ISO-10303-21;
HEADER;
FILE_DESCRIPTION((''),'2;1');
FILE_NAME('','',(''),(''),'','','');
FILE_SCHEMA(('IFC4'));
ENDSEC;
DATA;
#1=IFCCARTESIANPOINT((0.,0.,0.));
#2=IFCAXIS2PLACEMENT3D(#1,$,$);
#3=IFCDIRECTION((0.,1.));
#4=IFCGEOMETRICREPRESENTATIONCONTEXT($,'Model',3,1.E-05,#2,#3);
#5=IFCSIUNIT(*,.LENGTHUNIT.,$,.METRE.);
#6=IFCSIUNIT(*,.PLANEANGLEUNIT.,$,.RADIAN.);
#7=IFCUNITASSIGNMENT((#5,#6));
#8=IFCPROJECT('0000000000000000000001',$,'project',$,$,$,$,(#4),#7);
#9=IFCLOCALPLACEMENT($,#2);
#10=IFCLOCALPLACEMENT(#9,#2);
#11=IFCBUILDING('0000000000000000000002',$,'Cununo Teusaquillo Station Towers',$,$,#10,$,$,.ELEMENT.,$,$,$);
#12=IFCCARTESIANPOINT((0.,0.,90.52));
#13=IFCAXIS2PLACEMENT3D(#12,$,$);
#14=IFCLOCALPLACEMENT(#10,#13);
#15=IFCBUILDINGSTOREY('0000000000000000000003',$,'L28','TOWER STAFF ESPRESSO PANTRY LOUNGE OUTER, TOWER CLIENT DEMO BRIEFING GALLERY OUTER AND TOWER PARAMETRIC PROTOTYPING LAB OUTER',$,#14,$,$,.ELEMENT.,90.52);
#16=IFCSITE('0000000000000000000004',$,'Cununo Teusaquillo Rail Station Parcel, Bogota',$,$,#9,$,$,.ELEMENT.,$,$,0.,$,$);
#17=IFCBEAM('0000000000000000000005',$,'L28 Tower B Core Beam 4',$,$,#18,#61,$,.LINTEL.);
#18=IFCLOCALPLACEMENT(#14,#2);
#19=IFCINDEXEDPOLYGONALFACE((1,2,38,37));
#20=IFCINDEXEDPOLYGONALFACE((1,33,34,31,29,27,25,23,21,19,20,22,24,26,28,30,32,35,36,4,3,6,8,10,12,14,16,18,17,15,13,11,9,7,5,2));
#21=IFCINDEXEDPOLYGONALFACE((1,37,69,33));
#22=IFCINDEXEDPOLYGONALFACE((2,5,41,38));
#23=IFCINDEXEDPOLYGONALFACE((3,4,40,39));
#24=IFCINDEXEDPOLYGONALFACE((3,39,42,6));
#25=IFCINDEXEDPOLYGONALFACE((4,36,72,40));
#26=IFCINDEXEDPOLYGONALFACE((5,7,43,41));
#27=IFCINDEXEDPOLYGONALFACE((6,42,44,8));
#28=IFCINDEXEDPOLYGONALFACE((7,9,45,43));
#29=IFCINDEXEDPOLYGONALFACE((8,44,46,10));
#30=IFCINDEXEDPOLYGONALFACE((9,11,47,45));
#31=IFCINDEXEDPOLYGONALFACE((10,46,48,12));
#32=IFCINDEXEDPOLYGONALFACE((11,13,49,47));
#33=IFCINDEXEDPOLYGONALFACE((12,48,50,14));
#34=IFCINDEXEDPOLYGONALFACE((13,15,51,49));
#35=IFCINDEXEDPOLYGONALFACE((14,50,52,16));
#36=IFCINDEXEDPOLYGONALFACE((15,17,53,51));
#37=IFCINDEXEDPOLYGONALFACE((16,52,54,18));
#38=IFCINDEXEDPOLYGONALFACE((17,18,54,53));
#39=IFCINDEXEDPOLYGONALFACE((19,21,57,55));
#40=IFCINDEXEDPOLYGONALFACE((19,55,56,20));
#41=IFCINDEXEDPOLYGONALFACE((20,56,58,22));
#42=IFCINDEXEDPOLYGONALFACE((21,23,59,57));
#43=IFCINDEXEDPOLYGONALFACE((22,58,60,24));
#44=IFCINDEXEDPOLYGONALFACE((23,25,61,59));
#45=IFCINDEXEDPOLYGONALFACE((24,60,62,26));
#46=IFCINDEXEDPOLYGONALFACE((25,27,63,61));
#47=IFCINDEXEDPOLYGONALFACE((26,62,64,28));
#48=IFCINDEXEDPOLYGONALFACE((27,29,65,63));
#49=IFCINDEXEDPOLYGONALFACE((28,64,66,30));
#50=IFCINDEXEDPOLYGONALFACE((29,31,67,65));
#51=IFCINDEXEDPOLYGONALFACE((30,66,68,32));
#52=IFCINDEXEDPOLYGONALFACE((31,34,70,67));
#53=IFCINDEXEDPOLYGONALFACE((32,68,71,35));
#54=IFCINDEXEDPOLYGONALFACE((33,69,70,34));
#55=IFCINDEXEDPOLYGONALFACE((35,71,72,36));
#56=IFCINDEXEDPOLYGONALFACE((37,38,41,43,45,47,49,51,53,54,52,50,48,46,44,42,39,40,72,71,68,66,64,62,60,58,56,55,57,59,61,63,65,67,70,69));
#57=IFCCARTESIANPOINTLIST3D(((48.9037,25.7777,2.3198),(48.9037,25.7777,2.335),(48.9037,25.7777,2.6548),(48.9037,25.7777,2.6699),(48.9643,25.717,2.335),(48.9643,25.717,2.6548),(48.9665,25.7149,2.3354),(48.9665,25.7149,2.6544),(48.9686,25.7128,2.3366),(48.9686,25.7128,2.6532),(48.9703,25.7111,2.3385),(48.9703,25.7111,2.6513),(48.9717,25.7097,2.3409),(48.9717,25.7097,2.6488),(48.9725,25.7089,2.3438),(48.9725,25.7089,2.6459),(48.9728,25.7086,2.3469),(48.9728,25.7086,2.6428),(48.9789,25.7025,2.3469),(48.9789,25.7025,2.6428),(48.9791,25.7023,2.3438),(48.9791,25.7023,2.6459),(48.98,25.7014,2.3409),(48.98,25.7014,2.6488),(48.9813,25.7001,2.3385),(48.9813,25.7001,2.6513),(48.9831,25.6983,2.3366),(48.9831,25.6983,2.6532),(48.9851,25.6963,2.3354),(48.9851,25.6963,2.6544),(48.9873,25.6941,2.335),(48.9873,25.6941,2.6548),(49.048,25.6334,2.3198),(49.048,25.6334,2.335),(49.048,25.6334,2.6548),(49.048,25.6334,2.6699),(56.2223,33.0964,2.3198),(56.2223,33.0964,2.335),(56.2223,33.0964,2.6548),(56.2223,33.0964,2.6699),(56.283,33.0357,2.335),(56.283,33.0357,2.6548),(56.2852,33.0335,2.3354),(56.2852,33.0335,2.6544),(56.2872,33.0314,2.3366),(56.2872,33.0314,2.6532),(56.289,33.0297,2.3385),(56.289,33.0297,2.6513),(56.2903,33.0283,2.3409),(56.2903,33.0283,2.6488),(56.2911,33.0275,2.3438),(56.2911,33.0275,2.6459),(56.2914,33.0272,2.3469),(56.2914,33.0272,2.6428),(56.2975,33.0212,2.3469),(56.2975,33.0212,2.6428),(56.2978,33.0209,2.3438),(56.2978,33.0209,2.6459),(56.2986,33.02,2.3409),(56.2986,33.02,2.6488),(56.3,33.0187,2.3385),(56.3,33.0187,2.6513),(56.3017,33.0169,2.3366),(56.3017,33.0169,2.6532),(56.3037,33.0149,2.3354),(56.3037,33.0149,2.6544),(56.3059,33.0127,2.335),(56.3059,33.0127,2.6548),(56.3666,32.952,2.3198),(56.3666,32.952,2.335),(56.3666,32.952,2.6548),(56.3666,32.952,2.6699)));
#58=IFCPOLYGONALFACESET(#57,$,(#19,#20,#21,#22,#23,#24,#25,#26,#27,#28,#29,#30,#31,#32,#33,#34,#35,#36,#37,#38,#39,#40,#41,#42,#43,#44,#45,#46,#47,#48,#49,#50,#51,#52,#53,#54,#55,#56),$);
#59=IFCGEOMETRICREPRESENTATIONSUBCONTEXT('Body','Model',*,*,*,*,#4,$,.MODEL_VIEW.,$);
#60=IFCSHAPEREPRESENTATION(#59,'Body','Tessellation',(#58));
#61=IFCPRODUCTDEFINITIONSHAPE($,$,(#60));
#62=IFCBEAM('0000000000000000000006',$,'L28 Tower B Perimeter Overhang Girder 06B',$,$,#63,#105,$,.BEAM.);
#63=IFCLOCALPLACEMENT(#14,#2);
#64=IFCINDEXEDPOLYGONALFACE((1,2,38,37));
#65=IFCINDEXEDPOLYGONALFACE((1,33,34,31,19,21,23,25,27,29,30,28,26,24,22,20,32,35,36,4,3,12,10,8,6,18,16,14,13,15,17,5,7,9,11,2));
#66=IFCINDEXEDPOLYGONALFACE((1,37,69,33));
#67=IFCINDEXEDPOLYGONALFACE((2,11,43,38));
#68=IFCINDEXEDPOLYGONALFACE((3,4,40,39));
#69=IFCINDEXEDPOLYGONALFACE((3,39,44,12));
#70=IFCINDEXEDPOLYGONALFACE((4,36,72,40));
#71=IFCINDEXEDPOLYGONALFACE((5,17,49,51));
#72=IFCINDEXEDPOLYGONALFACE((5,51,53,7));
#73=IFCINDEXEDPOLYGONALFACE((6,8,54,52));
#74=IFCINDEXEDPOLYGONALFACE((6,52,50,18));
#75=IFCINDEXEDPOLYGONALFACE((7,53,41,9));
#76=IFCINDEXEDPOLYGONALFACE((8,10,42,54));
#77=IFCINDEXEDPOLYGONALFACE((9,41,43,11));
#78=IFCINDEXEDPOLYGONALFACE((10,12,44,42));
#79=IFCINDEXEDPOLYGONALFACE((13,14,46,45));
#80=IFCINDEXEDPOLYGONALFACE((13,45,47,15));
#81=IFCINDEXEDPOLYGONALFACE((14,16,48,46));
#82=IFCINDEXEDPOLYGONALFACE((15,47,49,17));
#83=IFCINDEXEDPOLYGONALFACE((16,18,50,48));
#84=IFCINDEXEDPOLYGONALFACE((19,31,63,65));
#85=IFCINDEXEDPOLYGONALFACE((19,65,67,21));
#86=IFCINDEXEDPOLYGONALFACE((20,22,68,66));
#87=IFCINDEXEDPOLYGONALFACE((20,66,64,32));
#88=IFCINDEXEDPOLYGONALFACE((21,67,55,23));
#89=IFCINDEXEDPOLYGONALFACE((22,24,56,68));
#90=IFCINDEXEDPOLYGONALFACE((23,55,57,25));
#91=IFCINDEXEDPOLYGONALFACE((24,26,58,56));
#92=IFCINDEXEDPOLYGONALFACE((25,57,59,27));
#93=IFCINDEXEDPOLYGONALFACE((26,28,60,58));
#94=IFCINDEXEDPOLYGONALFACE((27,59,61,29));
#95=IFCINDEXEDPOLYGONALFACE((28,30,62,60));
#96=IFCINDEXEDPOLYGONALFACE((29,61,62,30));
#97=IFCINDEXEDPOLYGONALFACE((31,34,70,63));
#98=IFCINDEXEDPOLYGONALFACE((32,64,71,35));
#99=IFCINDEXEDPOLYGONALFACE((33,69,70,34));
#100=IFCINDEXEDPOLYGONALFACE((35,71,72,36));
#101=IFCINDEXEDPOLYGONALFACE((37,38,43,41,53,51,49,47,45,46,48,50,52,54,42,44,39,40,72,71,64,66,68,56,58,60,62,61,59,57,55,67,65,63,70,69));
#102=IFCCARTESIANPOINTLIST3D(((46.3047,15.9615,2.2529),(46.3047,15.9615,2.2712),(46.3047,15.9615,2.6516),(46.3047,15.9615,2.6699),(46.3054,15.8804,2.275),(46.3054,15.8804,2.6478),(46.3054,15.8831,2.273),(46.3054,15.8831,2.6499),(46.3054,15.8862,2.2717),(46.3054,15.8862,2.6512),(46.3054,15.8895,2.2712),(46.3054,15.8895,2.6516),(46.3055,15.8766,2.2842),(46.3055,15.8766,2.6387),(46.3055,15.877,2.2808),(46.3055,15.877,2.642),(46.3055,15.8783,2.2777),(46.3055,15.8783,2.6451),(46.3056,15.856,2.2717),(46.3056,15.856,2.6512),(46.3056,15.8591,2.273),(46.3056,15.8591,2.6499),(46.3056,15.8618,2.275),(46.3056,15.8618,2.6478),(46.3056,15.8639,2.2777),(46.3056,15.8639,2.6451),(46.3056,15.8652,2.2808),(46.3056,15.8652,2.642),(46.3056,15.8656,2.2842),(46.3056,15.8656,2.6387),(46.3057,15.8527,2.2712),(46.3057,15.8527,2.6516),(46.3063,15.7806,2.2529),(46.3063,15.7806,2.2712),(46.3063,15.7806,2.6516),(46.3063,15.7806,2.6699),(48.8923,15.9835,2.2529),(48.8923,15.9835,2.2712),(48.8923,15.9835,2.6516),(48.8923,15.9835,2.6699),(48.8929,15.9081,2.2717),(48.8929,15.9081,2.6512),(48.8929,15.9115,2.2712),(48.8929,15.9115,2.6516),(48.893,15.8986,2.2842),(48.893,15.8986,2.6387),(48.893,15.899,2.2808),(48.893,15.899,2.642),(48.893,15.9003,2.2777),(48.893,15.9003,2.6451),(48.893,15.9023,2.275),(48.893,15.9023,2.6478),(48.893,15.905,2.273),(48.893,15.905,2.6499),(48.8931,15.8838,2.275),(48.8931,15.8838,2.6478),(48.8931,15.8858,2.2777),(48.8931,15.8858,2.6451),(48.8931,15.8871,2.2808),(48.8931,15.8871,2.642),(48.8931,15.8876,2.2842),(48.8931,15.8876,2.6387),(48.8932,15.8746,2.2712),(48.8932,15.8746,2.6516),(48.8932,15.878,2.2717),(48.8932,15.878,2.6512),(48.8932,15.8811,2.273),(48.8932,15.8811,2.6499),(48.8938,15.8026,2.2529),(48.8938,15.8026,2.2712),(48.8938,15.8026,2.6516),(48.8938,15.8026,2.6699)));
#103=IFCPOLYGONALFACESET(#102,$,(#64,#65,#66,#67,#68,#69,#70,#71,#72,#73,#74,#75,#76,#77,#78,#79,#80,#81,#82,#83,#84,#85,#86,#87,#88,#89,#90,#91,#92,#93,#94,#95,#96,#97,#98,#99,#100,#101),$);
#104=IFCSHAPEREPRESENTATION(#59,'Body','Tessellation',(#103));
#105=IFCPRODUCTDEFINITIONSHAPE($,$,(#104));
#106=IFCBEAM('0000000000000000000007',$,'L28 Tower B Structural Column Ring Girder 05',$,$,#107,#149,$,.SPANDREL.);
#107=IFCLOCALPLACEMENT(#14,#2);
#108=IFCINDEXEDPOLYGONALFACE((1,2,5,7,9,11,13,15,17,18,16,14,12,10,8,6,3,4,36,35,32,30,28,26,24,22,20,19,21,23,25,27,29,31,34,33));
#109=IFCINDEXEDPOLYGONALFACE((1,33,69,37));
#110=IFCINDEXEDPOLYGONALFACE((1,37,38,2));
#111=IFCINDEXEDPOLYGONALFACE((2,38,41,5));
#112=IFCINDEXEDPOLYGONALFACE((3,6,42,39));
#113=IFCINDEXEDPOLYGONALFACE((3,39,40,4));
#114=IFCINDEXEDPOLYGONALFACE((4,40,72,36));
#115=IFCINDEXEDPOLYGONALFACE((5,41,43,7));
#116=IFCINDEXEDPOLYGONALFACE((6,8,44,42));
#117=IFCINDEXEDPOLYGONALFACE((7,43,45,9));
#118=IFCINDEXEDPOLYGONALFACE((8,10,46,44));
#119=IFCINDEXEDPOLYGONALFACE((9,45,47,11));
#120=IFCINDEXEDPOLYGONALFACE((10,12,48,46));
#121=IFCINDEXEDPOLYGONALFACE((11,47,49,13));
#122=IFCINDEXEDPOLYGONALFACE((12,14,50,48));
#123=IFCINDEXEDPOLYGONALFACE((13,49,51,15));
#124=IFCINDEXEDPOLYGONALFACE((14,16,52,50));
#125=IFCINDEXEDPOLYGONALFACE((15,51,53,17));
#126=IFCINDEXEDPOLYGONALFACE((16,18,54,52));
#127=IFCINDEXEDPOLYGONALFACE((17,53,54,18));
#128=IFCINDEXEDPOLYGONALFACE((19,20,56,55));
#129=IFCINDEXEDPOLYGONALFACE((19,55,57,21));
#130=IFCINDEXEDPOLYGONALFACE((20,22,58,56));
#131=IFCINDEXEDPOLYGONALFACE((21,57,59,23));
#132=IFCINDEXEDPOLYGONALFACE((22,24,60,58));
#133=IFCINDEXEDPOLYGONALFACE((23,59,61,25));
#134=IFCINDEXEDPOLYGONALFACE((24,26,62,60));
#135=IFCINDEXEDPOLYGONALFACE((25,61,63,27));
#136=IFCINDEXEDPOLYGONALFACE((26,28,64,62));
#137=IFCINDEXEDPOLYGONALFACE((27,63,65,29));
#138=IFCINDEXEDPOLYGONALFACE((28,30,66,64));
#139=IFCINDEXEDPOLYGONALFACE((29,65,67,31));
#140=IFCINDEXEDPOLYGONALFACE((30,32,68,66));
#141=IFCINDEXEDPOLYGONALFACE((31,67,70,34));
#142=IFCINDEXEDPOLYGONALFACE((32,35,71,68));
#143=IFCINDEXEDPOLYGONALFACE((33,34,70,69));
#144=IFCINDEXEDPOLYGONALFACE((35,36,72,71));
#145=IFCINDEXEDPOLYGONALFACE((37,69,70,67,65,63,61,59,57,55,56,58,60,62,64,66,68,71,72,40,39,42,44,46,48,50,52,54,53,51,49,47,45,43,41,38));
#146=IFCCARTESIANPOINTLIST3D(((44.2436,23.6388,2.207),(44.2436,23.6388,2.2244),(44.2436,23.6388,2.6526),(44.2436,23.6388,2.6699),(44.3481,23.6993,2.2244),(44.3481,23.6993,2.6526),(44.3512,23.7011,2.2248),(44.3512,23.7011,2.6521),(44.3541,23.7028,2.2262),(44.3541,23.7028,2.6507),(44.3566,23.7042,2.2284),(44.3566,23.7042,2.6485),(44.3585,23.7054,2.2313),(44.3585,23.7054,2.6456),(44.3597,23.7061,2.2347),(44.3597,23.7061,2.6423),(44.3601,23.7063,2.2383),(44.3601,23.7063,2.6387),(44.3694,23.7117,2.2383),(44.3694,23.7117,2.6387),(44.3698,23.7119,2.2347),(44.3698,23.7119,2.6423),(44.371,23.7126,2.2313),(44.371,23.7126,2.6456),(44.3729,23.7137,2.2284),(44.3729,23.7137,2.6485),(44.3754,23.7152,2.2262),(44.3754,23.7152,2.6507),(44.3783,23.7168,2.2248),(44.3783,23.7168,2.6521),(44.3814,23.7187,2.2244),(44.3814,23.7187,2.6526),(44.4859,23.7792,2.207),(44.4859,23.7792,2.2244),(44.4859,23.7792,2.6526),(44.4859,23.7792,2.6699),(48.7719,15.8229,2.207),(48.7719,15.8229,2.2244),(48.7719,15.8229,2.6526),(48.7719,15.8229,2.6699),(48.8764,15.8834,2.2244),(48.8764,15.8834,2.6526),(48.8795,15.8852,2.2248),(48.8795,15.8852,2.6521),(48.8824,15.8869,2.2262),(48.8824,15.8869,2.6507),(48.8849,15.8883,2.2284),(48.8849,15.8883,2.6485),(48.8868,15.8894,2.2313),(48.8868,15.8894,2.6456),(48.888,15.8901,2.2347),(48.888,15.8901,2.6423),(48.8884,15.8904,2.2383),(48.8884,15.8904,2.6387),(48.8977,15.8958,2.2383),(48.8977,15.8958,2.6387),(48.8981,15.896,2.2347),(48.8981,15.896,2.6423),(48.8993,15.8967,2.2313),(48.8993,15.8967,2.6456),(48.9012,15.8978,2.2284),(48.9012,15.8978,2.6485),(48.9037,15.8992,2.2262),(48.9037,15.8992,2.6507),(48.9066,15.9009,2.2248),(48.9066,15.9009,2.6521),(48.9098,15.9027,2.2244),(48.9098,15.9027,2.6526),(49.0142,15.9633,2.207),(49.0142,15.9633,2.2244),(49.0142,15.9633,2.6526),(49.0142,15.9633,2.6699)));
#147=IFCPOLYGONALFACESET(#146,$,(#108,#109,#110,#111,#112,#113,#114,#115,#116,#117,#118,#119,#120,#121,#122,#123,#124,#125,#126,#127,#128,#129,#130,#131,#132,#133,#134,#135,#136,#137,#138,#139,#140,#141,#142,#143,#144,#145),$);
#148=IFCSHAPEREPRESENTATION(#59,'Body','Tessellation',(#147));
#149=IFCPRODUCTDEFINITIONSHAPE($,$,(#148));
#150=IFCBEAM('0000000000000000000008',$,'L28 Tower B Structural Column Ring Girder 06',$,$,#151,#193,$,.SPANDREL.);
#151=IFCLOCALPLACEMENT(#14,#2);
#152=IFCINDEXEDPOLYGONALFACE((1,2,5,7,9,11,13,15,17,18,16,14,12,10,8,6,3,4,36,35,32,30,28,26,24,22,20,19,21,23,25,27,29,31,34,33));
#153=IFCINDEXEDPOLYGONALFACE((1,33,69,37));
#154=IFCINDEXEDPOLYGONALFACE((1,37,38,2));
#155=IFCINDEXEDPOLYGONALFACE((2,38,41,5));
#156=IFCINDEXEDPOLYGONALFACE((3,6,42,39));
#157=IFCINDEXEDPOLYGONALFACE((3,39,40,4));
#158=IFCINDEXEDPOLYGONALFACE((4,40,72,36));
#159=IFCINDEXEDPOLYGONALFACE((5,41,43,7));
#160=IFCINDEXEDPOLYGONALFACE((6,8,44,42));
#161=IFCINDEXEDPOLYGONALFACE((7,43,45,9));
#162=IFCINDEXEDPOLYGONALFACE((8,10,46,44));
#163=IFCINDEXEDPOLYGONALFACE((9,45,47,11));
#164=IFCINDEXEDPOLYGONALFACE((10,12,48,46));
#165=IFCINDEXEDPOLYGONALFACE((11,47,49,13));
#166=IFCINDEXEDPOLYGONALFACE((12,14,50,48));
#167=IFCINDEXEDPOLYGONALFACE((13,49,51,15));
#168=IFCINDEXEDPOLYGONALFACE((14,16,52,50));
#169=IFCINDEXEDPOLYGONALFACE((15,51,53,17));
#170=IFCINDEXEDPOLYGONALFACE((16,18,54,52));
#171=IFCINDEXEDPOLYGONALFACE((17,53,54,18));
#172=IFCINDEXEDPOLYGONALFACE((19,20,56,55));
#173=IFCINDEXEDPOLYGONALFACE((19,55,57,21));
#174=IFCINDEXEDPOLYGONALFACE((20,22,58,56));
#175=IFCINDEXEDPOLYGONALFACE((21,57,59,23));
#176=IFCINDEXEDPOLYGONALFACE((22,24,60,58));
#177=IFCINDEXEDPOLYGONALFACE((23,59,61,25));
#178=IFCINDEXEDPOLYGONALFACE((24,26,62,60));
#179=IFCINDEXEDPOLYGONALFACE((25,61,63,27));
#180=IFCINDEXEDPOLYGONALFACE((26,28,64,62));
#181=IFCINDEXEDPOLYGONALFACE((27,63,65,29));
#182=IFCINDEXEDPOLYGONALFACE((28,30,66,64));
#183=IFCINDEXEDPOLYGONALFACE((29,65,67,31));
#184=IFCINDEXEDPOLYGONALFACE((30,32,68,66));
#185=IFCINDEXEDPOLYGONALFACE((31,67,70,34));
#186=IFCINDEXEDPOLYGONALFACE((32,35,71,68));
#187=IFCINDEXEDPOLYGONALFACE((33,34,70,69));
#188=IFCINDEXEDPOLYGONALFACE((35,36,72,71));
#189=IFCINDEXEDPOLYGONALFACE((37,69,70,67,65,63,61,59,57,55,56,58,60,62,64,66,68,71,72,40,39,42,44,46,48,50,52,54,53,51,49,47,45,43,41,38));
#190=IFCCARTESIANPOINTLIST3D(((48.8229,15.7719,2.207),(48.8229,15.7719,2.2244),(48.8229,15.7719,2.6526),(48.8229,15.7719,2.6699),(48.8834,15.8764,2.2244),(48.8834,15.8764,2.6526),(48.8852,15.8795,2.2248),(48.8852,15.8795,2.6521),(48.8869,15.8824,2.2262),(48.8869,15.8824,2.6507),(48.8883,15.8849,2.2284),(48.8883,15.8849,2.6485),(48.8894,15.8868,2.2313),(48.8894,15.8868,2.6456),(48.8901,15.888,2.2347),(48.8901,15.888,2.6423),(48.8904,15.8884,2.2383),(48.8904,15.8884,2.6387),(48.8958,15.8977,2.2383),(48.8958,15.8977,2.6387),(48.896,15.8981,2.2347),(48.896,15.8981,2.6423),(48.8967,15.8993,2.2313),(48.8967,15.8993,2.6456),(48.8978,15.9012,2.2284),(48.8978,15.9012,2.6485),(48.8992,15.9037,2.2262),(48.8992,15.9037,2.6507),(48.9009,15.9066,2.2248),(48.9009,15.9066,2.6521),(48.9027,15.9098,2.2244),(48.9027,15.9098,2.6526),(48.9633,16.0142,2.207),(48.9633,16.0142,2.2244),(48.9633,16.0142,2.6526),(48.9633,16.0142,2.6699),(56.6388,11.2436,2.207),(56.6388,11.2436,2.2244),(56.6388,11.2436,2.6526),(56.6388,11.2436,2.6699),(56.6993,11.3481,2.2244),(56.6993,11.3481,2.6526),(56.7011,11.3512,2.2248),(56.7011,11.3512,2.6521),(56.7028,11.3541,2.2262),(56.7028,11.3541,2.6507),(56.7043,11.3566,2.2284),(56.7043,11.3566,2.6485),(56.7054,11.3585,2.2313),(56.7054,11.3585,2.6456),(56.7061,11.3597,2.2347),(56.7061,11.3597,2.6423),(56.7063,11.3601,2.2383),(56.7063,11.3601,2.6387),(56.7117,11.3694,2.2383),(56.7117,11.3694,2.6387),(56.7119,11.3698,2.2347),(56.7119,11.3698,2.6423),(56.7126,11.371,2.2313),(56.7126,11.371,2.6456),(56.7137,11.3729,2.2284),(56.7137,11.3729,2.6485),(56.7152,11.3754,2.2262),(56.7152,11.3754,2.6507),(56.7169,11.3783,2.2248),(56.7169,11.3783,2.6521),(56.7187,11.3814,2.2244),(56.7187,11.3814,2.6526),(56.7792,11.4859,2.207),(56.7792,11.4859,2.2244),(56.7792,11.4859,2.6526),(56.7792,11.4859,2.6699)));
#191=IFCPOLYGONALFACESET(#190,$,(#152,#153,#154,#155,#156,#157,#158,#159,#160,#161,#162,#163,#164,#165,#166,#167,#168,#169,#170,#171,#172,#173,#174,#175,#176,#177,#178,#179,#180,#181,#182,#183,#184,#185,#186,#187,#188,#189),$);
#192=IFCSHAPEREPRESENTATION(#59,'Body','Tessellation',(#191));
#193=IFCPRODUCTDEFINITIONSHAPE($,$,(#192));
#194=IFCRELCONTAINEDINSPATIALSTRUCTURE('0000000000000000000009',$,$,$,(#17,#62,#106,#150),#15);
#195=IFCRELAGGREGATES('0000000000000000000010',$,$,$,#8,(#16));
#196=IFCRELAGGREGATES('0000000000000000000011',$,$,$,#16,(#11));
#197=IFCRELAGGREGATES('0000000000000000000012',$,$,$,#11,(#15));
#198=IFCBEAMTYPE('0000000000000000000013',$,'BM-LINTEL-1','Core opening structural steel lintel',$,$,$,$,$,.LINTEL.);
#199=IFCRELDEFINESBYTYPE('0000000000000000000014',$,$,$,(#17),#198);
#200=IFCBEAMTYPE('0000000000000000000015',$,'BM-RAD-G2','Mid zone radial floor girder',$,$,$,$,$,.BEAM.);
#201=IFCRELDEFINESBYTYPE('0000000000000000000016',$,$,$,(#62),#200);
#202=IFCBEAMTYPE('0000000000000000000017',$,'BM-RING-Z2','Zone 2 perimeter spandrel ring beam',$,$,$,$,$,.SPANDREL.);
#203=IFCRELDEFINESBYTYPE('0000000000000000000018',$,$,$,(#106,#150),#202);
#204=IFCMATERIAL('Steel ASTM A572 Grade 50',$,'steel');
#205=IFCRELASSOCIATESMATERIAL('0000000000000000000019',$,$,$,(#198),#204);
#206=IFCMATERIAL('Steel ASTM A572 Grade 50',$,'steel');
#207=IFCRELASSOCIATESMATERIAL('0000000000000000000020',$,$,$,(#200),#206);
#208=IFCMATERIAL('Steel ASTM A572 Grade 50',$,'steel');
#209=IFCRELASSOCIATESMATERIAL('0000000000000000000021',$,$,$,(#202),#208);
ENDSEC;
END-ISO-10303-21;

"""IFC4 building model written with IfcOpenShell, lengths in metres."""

from ifc_helpers import new_model, si_unit, direction, frame, origin, origin_2d, place, context, subcontext, project, spatial, i_section, extrude, material, material_profile, profile_set, type_object, element, save


model = new_model("IFC4")

# Units and contexts
model_context = context("Model", 3, precision=1e-05, world=origin(), true_north=direction((0.0, 1.0)))
body_context = subcontext(model_context, "Body", "Model", "MODEL_VIEW")
ifc_project = project(units=[si_unit("LENGTHUNIT", "METRE"), si_unit("PLANEANGLEUNIT", "RADIAN")], contexts=[model_context])

# Site, building, storey
site_placement = place(None, origin())
site = spatial("IfcSite", under=ifc_project, at=site_placement, Name="Cununo Teusaquillo Rail Station Parcel, Bogota", CompositionType="ELEMENT", RefElevation=0.0)
building_placement = place(site_placement, origin())
building = spatial("IfcBuilding", under=site, at=building_placement, Name="Cununo Teusaquillo Station Towers", CompositionType="ELEMENT")
storey_placement = place(building_placement, frame((0.0, 0.0, 90.52)))
storey = spatial("IfcBuildingStorey", under=building, at=storey_placement, Name="L28", Description="TOWER STAFF ESPRESSO PANTRY LOUNGE OUTER, TOWER CLIENT DEMO BRIEFING GALLERY OUTER AND TOWER PARAMETRIC PROTOTYPING LAB OUTER", CompositionType="ELEMENT", Elevation=90.52)

# Beams
ifc_material_1 = material(Name="Steel ASTM A572 Grade 50", Category="steel")
ifc_material_profile_1 = material_profile(ifc_material_1, i_section(OverallWidth=0.2041, OverallDepth=0.3501, WebThickness=0.0085, FlangeThickness=0.0151, FilletRadius=0.012, at=origin_2d()), Name="W14X48")
ifc_profile_set_1 = profile_set([ifc_material_profile_1], Name="Steel ASTM A572 Grade 50")
beam_type_1 = type_object("IfcBeamType", Name="BM-LINTEL-1", Description="Core opening structural steel lintel", PredefinedType="LINTEL", material=ifc_profile_set_1)
beam_1_placement = place(storey_placement, frame((48.9758, 25.7056, 2.4949), z_axis=(0.707107, 0.707107, 0.0), x_axis=(-0.707107, 0.707107, 0.0)))
element("IfcBeam", 1, at=beam_1_placement, inside=storey, type_object=beam_type_1, Name="L28 Tower B Core Beam 4", PredefinedType="LINTEL", context=body_context, shape_type="SweptSolid", body=[
    extrude(i_section(OverallWidth=0.2041, OverallDepth=0.3501, WebThickness=0.0085, FlangeThickness=0.0151, FilletRadius=0.012, at=origin_2d()), origin(), (0.0, 0.0, 1.0), 10.3501),
])
ifc_material_2 = material(Name="Steel ASTM A572 Grade 50", Category="steel")
ifc_material_profile_2 = material_profile(ifc_material_2, i_section(OverallWidth=0.1809, OverallDepth=0.417, WebThickness=0.011, FlangeThickness=0.0183, FilletRadius=0.0129, at=origin_2d()), Name="W16X57")
ifc_profile_set_2 = profile_set([ifc_material_profile_2], Name="Steel ASTM A572 Grade 50")
beam_type_2 = type_object("IfcBeamType", Name="BM-RAD-G2", Description="Mid zone radial floor girder", PredefinedType="BEAM", material=ifc_profile_set_2)
beam_2_placement = place(storey_placement, frame((48.8931, 15.8931, 2.4614), z_axis=(-0.999964, -0.008491, 0.0), x_axis=(0.008491, -0.999964, 0.0)))
element("IfcBeam", 2, at=beam_2_placement, inside=storey, type_object=beam_type_2, Name="L28 Tower B Perimeter Overhang Girder 06B", PredefinedType="BEAM", context=body_context, shape_type="SweptSolid", body=[
    extrude(i_section(OverallWidth=0.1809, OverallDepth=0.417, WebThickness=0.011, FlangeThickness=0.0183, FilletRadius=0.0129, at=origin_2d()), origin(), (0.0, 0.0, 1.0), 2.5876),
])
ifc_material_3 = material(Name="Steel ASTM A572 Grade 50", Category="steel")
ifc_material_profile_3 = material_profile(ifc_material_3, i_section(OverallWidth=0.28, OverallDepth=0.4629, WebThickness=0.0107, FlangeThickness=0.0173, FilletRadius=0.0139, at=origin_2d()), Name="W18X76")
ifc_profile_set_3 = profile_set([ifc_material_profile_3], Name="Steel ASTM A572 Grade 50")
beam_type_3 = type_object("IfcBeamType", Name="BM-RING-Z2", Description="Zone 2 perimeter spandrel ring beam", PredefinedType="SPANDREL", material=ifc_profile_set_3)
for number, where, z_axis, x_axis, name in (
    (3, (44.3647, 23.709, 2.4385), (0.501311, -0.865267, 0.0), (0.865267, 0.501311, 0.0), "L28 Tower B Structural Column Ring Girder 05"),
    (4, (48.8931, 15.8931, 2.4385), (0.865267, -0.501311, 0.0), (0.501311, 0.865267, 0.0), "L28 Tower B Structural Column Ring Girder 06"),
):
    element("IfcBeam", number, at=place(storey_placement, frame(where, z_axis=z_axis, x_axis=x_axis)), inside=storey, type_object=beam_type_3, Name=name, PredefinedType="SPANDREL", context=body_context, shape_type="SweptSolid", body=[
        extrude(i_section(OverallWidth=0.28, OverallDepth=0.4629, WebThickness=0.0107, FlangeThickness=0.0173, FilletRadius=0.0139, at=origin_2d()), origin(), (0.0, 0.0, 1.0), 9.033),
    ])

save(model, "model.ifc")
